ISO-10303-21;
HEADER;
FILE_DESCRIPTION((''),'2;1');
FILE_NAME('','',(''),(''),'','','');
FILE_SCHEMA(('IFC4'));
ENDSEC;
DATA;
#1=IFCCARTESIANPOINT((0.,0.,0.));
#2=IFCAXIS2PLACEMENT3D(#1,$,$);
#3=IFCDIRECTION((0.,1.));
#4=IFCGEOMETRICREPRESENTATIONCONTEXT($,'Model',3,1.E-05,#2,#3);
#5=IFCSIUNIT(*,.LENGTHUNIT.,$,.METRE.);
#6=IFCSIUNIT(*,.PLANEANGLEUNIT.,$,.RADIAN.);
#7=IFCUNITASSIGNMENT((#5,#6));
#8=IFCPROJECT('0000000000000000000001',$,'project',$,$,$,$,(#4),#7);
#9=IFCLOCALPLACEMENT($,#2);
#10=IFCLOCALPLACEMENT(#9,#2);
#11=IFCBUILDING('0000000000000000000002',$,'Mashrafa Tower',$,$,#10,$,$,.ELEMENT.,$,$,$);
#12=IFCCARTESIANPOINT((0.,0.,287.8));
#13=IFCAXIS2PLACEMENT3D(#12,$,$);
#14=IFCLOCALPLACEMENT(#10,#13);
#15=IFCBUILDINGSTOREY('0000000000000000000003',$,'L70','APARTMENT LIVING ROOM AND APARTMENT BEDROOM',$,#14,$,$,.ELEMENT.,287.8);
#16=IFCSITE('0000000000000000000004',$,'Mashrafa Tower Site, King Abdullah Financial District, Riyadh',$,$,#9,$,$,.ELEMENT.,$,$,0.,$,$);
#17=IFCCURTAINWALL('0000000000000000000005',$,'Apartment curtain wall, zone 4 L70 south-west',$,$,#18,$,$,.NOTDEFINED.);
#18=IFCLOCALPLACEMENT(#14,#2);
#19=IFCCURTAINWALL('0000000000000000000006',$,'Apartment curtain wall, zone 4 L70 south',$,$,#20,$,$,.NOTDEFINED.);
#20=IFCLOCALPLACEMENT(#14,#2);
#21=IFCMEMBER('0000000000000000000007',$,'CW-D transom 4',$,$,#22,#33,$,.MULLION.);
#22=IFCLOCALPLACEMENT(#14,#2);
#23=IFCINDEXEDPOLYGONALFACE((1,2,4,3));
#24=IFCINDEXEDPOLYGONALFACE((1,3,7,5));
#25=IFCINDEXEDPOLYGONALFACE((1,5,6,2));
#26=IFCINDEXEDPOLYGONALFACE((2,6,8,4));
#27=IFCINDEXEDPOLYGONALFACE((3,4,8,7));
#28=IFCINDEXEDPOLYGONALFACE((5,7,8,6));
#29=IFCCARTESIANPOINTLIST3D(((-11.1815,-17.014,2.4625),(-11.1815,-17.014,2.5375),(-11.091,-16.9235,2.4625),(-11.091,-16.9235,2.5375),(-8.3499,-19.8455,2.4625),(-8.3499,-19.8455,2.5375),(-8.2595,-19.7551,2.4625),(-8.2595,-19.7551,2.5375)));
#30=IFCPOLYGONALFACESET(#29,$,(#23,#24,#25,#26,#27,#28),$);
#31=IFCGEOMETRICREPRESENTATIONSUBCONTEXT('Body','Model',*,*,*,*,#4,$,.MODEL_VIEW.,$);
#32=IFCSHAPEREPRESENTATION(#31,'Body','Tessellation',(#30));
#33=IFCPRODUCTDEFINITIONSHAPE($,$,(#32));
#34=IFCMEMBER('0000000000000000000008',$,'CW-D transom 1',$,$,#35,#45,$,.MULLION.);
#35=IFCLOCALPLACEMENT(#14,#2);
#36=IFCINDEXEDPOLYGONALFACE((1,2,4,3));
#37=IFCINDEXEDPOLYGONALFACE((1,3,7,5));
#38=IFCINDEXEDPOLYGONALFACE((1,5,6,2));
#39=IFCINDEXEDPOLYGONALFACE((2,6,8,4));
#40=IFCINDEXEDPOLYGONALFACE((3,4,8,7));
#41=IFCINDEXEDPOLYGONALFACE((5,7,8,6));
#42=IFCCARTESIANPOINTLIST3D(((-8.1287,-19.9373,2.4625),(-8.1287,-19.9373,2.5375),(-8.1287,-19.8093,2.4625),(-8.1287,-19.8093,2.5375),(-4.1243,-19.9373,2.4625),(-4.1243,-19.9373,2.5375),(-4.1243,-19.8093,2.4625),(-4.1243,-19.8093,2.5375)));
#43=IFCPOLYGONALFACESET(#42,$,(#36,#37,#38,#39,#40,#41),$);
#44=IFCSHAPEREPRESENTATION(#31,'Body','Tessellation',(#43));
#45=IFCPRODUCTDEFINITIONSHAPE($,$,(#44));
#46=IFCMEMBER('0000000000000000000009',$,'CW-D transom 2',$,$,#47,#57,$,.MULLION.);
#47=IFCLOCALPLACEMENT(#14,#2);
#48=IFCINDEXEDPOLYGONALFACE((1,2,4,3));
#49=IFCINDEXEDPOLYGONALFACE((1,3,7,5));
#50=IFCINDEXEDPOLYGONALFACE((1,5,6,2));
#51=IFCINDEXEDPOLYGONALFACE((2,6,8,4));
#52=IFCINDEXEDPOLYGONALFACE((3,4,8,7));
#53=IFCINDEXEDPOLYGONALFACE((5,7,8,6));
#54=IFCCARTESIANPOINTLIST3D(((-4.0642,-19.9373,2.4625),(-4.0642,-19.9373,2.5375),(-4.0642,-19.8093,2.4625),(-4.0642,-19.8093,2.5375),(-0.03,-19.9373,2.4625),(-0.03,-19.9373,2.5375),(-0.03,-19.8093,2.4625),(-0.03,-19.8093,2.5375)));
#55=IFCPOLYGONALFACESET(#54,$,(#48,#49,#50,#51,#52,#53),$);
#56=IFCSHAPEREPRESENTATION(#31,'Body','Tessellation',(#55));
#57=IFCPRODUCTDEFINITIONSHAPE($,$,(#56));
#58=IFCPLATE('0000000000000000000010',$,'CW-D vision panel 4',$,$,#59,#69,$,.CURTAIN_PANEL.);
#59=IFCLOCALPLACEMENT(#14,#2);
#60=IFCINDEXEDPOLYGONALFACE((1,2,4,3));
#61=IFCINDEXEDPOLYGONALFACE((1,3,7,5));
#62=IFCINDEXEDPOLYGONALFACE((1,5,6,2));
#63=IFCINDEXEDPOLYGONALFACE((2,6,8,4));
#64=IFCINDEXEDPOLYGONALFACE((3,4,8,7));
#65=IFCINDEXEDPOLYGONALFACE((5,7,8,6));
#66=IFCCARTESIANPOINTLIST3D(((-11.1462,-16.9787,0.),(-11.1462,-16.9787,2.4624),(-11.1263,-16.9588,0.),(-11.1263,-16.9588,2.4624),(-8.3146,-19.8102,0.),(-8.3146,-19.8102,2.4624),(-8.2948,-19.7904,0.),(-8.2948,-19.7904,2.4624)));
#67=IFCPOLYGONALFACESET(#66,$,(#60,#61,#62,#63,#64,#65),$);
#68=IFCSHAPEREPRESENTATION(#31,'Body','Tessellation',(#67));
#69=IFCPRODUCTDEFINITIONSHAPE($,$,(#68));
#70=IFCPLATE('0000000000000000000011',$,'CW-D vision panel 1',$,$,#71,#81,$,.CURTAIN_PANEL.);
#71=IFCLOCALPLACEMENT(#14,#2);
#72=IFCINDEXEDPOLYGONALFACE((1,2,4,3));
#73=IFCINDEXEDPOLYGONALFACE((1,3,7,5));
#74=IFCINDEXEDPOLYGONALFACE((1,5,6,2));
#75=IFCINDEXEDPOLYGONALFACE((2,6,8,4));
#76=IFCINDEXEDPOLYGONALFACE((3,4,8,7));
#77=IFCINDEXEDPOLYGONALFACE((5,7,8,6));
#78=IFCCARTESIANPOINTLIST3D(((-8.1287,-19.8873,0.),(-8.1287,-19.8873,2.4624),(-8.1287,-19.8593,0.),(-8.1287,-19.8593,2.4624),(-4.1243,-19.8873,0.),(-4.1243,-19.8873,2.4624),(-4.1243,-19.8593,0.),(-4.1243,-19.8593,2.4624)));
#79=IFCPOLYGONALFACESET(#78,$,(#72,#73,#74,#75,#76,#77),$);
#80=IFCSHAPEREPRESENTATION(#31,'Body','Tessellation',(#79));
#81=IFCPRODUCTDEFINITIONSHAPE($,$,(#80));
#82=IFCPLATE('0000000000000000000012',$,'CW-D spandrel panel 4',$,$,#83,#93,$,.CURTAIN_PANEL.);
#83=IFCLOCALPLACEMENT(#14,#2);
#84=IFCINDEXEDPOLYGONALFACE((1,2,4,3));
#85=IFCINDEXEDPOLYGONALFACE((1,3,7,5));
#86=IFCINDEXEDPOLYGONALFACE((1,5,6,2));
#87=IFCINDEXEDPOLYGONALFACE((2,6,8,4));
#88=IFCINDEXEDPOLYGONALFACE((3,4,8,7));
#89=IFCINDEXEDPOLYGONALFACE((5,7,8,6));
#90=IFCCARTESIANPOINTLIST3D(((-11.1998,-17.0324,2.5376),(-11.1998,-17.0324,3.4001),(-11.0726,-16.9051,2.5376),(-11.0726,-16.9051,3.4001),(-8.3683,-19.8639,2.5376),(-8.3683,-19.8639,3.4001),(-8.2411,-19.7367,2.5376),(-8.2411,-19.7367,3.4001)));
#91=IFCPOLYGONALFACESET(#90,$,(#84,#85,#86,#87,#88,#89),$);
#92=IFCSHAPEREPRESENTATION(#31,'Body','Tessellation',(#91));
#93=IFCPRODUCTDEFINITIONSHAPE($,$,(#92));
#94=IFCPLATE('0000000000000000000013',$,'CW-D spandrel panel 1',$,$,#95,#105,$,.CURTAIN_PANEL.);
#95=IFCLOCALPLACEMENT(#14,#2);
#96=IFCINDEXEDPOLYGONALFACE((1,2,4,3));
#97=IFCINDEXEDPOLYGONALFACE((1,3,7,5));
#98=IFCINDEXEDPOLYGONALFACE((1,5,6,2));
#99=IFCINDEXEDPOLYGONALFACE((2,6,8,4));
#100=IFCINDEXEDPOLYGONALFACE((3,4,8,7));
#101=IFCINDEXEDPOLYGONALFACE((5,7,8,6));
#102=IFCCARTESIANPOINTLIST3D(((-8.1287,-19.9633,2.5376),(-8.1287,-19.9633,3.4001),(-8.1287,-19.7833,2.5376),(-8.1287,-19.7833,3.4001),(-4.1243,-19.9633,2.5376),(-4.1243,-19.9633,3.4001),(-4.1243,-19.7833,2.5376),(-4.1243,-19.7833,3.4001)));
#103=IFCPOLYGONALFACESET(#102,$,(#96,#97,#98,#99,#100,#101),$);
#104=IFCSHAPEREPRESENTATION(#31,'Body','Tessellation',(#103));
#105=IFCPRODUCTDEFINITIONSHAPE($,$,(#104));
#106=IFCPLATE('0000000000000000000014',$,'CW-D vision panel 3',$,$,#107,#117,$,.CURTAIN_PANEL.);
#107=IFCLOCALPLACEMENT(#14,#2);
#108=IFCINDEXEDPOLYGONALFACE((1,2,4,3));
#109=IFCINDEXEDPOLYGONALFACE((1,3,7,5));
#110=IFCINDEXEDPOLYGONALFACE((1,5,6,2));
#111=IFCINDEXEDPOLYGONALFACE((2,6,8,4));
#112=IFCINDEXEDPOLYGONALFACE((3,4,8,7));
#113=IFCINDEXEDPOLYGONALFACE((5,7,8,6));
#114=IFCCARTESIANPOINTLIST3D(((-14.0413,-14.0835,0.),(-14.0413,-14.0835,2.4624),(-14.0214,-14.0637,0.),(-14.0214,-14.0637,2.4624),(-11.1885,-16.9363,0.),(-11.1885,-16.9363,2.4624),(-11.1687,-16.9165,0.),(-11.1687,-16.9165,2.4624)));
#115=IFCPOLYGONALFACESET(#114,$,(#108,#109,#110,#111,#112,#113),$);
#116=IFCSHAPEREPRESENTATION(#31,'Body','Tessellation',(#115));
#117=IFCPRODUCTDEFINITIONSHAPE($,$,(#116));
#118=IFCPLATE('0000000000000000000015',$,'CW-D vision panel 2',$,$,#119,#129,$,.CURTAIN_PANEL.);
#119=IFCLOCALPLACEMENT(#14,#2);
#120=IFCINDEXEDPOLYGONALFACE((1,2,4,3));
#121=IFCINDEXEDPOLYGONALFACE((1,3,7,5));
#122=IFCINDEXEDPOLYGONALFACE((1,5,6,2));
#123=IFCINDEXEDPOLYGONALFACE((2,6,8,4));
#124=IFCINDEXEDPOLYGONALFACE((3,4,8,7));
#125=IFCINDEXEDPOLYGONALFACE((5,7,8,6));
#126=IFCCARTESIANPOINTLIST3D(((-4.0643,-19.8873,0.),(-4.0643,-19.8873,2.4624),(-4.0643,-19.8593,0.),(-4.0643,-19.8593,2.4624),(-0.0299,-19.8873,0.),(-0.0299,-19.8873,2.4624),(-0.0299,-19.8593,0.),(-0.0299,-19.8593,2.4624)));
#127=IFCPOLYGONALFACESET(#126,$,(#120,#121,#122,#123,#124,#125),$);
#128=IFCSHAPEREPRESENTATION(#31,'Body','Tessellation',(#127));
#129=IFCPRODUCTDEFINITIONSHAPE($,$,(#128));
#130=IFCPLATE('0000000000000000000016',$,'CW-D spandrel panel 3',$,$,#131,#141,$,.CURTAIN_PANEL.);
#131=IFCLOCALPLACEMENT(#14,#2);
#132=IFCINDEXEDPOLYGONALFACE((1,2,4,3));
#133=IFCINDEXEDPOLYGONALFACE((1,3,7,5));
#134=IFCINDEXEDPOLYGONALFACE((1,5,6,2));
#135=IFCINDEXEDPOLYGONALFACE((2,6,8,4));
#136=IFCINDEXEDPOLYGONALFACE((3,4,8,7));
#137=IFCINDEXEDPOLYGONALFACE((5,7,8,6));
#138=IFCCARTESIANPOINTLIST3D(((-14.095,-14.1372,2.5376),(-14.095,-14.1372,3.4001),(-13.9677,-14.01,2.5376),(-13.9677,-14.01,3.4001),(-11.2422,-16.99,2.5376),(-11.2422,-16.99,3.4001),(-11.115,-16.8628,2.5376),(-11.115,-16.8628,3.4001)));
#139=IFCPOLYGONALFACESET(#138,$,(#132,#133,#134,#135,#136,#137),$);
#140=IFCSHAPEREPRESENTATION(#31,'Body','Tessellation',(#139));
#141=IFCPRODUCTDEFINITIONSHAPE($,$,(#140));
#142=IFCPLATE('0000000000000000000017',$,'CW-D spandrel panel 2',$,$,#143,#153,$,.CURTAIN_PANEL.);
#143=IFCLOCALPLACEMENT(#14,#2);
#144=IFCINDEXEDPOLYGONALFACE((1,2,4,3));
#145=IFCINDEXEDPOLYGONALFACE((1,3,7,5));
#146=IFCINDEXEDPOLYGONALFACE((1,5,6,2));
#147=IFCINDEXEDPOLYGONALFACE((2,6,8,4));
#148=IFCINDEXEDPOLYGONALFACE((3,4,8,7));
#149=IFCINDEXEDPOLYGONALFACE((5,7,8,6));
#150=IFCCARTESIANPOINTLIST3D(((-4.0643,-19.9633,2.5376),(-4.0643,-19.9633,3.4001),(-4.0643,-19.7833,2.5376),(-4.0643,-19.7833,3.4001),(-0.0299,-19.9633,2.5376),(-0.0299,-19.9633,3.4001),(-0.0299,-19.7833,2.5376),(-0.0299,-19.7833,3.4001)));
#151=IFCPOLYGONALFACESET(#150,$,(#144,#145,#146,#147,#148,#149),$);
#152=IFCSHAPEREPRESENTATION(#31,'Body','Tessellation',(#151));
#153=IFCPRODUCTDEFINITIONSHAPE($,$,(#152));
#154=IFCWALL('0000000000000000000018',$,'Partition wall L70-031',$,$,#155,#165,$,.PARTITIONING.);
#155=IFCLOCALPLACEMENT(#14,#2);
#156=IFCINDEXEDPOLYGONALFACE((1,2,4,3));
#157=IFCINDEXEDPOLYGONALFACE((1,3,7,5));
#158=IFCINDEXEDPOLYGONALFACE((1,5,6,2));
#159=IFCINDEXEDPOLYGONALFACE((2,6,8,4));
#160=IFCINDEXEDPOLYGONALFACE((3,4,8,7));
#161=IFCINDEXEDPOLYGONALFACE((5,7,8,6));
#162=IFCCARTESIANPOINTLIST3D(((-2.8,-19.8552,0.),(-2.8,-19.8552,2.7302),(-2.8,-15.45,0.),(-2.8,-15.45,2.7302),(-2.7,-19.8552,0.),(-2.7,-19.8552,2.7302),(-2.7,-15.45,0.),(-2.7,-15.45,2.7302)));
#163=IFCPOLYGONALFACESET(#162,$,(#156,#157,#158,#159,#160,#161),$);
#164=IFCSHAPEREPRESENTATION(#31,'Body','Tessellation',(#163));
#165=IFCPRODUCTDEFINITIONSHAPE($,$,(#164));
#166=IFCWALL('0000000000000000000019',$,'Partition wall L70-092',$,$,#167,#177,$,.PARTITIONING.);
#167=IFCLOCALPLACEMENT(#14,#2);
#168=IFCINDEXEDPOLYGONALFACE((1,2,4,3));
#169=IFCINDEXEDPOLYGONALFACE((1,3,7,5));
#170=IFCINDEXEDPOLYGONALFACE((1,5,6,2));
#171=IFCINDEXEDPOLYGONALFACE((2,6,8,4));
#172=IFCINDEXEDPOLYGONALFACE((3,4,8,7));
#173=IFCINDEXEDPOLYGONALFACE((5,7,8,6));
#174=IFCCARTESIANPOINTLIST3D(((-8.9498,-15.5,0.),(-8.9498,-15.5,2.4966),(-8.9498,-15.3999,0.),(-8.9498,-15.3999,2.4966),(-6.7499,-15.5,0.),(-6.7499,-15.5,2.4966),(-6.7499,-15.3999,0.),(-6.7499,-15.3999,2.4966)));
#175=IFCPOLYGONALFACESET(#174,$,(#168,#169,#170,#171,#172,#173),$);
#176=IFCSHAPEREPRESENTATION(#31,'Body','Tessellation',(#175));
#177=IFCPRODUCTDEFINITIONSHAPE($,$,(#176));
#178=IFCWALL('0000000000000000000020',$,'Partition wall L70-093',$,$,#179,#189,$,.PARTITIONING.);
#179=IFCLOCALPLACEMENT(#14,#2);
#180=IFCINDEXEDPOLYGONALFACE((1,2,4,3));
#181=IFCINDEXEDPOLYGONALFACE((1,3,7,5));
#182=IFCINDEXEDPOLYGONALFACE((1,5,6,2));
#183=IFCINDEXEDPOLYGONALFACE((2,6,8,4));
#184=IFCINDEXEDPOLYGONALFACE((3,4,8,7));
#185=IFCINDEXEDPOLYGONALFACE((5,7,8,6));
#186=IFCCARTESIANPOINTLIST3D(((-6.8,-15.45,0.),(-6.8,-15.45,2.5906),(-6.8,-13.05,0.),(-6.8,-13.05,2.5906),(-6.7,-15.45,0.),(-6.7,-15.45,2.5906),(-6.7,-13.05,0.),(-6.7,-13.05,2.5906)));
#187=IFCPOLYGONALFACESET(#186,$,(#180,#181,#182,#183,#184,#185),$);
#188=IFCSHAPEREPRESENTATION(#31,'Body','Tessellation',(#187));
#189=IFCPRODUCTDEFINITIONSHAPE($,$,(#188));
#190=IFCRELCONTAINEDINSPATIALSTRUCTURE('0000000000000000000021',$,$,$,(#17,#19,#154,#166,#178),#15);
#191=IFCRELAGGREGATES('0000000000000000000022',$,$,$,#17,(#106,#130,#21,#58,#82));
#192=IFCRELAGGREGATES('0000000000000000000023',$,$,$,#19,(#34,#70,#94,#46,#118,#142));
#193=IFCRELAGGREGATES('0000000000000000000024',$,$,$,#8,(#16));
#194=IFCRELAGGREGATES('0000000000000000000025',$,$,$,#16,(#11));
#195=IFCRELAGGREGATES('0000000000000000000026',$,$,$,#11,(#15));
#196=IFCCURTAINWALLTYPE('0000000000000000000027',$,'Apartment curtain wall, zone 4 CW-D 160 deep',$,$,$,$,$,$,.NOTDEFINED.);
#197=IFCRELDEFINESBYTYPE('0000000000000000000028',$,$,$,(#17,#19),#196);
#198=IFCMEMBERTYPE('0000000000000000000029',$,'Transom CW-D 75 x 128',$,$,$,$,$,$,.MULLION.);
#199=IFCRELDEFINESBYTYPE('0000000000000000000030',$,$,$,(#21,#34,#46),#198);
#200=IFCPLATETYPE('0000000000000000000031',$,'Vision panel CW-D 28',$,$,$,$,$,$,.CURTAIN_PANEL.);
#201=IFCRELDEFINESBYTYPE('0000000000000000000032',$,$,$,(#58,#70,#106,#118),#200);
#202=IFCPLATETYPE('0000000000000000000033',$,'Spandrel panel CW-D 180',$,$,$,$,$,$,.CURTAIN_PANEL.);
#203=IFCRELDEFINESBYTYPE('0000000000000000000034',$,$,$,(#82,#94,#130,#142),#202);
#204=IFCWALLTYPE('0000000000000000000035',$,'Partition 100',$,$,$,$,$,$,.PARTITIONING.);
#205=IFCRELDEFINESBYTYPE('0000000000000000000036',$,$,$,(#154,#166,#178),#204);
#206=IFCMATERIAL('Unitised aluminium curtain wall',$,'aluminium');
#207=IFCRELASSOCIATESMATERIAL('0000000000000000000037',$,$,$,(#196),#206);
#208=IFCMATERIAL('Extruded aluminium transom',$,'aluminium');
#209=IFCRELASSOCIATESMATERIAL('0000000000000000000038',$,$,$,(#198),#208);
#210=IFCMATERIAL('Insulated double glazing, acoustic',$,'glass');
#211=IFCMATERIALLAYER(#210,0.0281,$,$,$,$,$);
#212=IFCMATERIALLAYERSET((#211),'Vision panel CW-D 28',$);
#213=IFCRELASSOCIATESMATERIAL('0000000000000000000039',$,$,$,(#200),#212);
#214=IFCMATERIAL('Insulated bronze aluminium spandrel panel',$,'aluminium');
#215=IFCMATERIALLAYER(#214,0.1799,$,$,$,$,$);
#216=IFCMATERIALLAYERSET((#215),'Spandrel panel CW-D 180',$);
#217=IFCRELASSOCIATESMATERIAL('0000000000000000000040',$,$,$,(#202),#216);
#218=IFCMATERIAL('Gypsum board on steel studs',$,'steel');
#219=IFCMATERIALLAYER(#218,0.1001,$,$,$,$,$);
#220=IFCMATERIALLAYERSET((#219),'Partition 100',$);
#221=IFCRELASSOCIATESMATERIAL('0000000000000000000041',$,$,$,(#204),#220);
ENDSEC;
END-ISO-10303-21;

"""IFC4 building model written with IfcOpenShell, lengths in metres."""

from ifc_helpers import new_model, si_unit, direction, frame, frame_2d, origin, origin_2d, place, context, subcontext, project, spatial, rectangle, extrude, source, transform, mapped, material, layer, layer_set, material_profile, profile_set, type_object, type_shapes, element, aggregate, save


model = new_model("IFC4")

# Units and contexts
model_context = context("Model", 3, precision=1e-05, world=origin(), true_north=direction((0.0, 1.0)))
body_context = subcontext(model_context, "Body", "Model", "MODEL_VIEW")
ifc_project = project(units=[si_unit("LENGTHUNIT", "METRE"), si_unit("PLANEANGLEUNIT", "RADIAN")], contexts=[model_context])

# Site, building, storey
site_placement = place(None, origin())
site = spatial("IfcSite", under=ifc_project, at=site_placement, Name="Mashrafa Tower Site, King Abdullah Financial District, Riyadh", CompositionType="ELEMENT", RefElevation=0.0)
building_placement = place(site_placement, origin())
building = spatial("IfcBuilding", under=site, at=building_placement, Name="Mashrafa Tower", CompositionType="ELEMENT")
storey_placement = place(building_placement, frame((0.0, 0.0, 287.8)))
storey = spatial("IfcBuildingStorey", under=building, at=storey_placement, Name="L70", Description="APARTMENT LIVING ROOM AND APARTMENT BEDROOM", CompositionType="ELEMENT", Elevation=287.8)

# Curtain walls
ifc_material_1 = material(Name="Unitised aluminium curtain wall", Category="aluminium")
curtain_wall_type = type_object("IfcCurtainWallType", Name="Apartment curtain wall, zone 4 CW-D 160 deep", PredefinedType="NOTDEFINED", material=ifc_material_1)
curtain_wall_1_placement = place(storey_placement, origin())
curtain_wall_1 = element("IfcCurtainWall", 1, at=curtain_wall_1_placement, inside=storey, type_object=curtain_wall_type, Name="Apartment curtain wall, zone 4 L70 south-west", PredefinedType="NOTDEFINED")
curtain_wall_2_placement = place(storey_placement, origin())
curtain_wall_2 = element("IfcCurtainWall", 2, at=curtain_wall_2_placement, inside=storey, type_object=curtain_wall_type, Name="Apartment curtain wall, zone 4 L70 south", PredefinedType="NOTDEFINED")

# Members
ifc_material_2 = material(Name="Extruded aluminium transom", Category="aluminium")
ifc_material_profile_1 = material_profile(ifc_material_2, rectangle(XDim=0.1279, YDim=0.075, at=origin_2d()), Name="Transom 75x128")
ifc_profile_set_1 = profile_set([ifc_material_profile_1], Name="Extruded aluminium transom")
member_type_1 = type_object("IfcMemberType", Name="Transom CW-D 75 x 128", PredefinedType="MULLION", material=ifc_profile_set_1)
shared_shape_1 = source(origin(), body_context, "Body", "SweptSolid", [
    extrude(rectangle(XDim=0.1279, YDim=0.075, at=origin_2d()), origin(), (0.0, 0.0, 1.0), 4.0044),
])
member_1_placement = place(storey_placement, frame((-11.1362, -16.9688, 2.5), z_axis=(0.707107, -0.707107, 0.0), x_axis=(0.707107, 0.707107, 0.0)))
member_1 = element("IfcMember", 3, at=member_1_placement, type_object=member_type_1, Name="CW-D transom 4", PredefinedType="MULLION", context=body_context, shape_type="MappedRepresentation", body=[
    mapped(shared_shape_1, transform((0.0, 0.0, 0.0))),
])
member_2_placement = place(storey_placement, frame((-8.1287, -19.8733, 2.5), z_axis=(1.0, 0.0, 0.0), x_axis=(0.0, 1.0, 0.0)))
member_2 = element("IfcMember", 4, at=member_2_placement, type_object=member_type_1, Name="CW-D transom 1", PredefinedType="MULLION", context=body_context, shape_type="MappedRepresentation", body=[
    mapped(shared_shape_1, transform((0.0, 0.0, 0.0))),
])
shared_shape_2 = source(origin(), body_context, "Body", "SweptSolid", [
    extrude(rectangle(XDim=0.1279, YDim=0.075, at=origin_2d()), origin(), (0.0, 0.0, 1.0), 4.0342),
])
type_shapes(member_type_1, [shared_shape_1, shared_shape_2])
member_3_placement = place(storey_placement, frame((-4.0642, -19.8733, 2.5), z_axis=(1.0, 0.0, 0.0), x_axis=(0.0, 1.0, 0.0)))
member_3 = element("IfcMember", 5, at=member_3_placement, type_object=member_type_1, Name="CW-D transom 2", PredefinedType="MULLION", context=body_context, shape_type="MappedRepresentation", body=[
    mapped(shared_shape_2, transform((0.0, 0.0, 0.0))),
])

# Plates
ifc_material_3 = material(Name="Insulated double glazing, acoustic", Category="glass")
ifc_layer_1 = layer(ifc_material_3, 0.0281)
ifc_layer_set_1 = layer_set([ifc_layer_1], Name="Vision panel CW-D 28")
plate_type_1 = type_object("IfcPlateType", Name="Vision panel CW-D 28", PredefinedType="CURTAIN_PANEL", material=ifc_layer_set_1)
shared_shape_3 = source(origin(), body_context, "Body", "SweptSolid", [
    extrude(rectangle(XDim=4.0044, YDim=0.0281, at=origin_2d()), origin(), (0.0, 0.0, 1.0), 2.4624),
])
plate_1_placement = place(storey_placement, frame((-9.7205, -18.3845, 0.0), z_axis=(0.0, 0.0, 1.0), x_axis=(0.707107, -0.707107, 0.0)))
plate_1 = element("IfcPlate", 6, at=plate_1_placement, type_object=plate_type_1, Name="CW-D vision panel 4", PredefinedType="CURTAIN_PANEL", context=body_context, shape_type="MappedRepresentation", body=[
    mapped(shared_shape_3, transform((0.0, 0.0, 0.0))),
])
plate_2_placement = place(storey_placement, frame((-6.1265, -19.8733, 0.0), z_axis=(0.0, 0.0, 1.0), x_axis=(1.0, 0.0, 0.0)))
plate_2 = element("IfcPlate", 7, at=plate_2_placement, type_object=plate_type_1, Name="CW-D vision panel 1", PredefinedType="CURTAIN_PANEL", context=body_context, shape_type="MappedRepresentation", body=[
    mapped(shared_shape_3, transform((0.0, 0.0, 0.0))),
])
ifc_material_4 = material(Name="Insulated bronze aluminium spandrel panel", Category="aluminium")
ifc_layer_2 = layer(ifc_material_4, 0.1799)
ifc_layer_set_2 = layer_set([ifc_layer_2], Name="Spandrel panel CW-D 180")
plate_type_2 = type_object("IfcPlateType", Name="Spandrel panel CW-D 180", PredefinedType="CURTAIN_PANEL", material=ifc_layer_set_2)
shared_shape_4 = source(origin(), body_context, "Body", "SweptSolid", [
    extrude(rectangle(XDim=4.0044, YDim=0.1799, at=origin_2d()), origin(), (0.0, 0.0, 1.0), 0.8625),
])
plate_3_placement = place(storey_placement, frame((-9.7205, -18.3845, 2.5376), z_axis=(0.0, 0.0, 1.0), x_axis=(0.707107, -0.707107, 0.0)))
plate_3 = element("IfcPlate", 8, at=plate_3_placement, type_object=plate_type_2, Name="CW-D spandrel panel 4", PredefinedType="CURTAIN_PANEL", context=body_context, shape_type="MappedRepresentation", body=[
    mapped(shared_shape_4, transform((0.0, 0.0, 0.0))),
])
plate_4_placement = place(storey_placement, frame((-6.1265, -19.8733, 2.5376), z_axis=(0.0, 0.0, 1.0), x_axis=(1.0, 0.0, 0.0)))
plate_4 = element("IfcPlate", 9, at=plate_4_placement, type_object=plate_type_2, Name="CW-D spandrel panel 1", PredefinedType="CURTAIN_PANEL", context=body_context, shape_type="MappedRepresentation", body=[
    mapped(shared_shape_4, transform((0.0, 0.0, 0.0))),
])
shared_shape_5 = source(origin(), body_context, "Body", "SweptSolid", [
    extrude(rectangle(XDim=4.0344, YDim=0.0281, at=origin_2d()), origin(), (0.0, 0.0, 1.0), 2.4624),
])
type_shapes(plate_type_1, [shared_shape_3, shared_shape_5])
plate_5_placement = place(storey_placement, frame((-12.605, -15.5, 0.0), z_axis=(0.0, 0.0, 1.0), x_axis=(0.707107, -0.707107, 0.0)))
plate_5 = element("IfcPlate", 10, at=plate_5_placement, type_object=plate_type_1, Name="CW-D vision panel 3", PredefinedType="CURTAIN_PANEL", context=body_context, shape_type="MappedRepresentation", body=[
    mapped(shared_shape_5, transform((0.0, 0.0, 0.0))),
])
plate_6_placement = place(storey_placement, frame((-2.0471, -19.8733, 0.0), z_axis=(0.0, 0.0, 1.0), x_axis=(1.0, 0.0, 0.0)))
plate_6 = element("IfcPlate", 11, at=plate_6_placement, type_object=plate_type_1, Name="CW-D vision panel 2", PredefinedType="CURTAIN_PANEL", context=body_context, shape_type="MappedRepresentation", body=[
    mapped(shared_shape_5, transform((0.0, 0.0, 0.0))),
])
shared_shape_6 = source(origin(), body_context, "Body", "SweptSolid", [
    extrude(rectangle(XDim=4.0344, YDim=0.1799, at=origin_2d()), origin(), (0.0, 0.0, 1.0), 0.8625),
])
type_shapes(plate_type_2, [shared_shape_4, shared_shape_6])
plate_7_placement = place(storey_placement, frame((-12.605, -15.5, 2.5376), z_axis=(0.0, 0.0, 1.0), x_axis=(0.707107, -0.707107, 0.0)))
plate_7 = element("IfcPlate", 12, at=plate_7_placement, type_object=plate_type_2, Name="CW-D spandrel panel 3", PredefinedType="CURTAIN_PANEL", context=body_context, shape_type="MappedRepresentation", body=[
    mapped(shared_shape_6, transform((0.0, 0.0, 0.0))),
])
aggregate(curtain_wall_1, [plate_5, plate_7, member_1, plate_1, plate_3])
plate_8_placement = place(storey_placement, frame((-2.0471, -19.8733, 2.5376), z_axis=(0.0, 0.0, 1.0), x_axis=(1.0, 0.0, 0.0)))
plate_8 = element("IfcPlate", 13, at=plate_8_placement, type_object=plate_type_2, Name="CW-D spandrel panel 2", PredefinedType="CURTAIN_PANEL", context=body_context, shape_type="MappedRepresentation", body=[
    mapped(shared_shape_6, transform((0.0, 0.0, 0.0))),
])
aggregate(curtain_wall_2, [member_2, plate_2, plate_4, member_3, plate_6, plate_8])

# Walls
ifc_material_5 = material(Name="Gypsum board on steel studs", Category="steel")
ifc_layer_3 = layer(ifc_material_5, 0.1001)
ifc_layer_set_3 = layer_set([ifc_layer_3], Name="Partition 100")
wall_type = type_object("IfcWallType", Name="Partition 100", PredefinedType="PARTITIONING", material=ifc_layer_set_3)
wall_1_placement = place(storey_placement, frame((-2.75, -19.8552, 0.0), z_axis=(0.0, 0.0, 1.0), x_axis=(0.0, 1.0, 0.0)))
element("IfcWall", 14, at=wall_1_placement, inside=storey, type_object=wall_type, Name="Partition wall L70-031", PredefinedType="PARTITIONING", context=body_context, shape_type="SweptSolid", body=[
    extrude(rectangle(XDim=4.4053, YDim=0.1001, at=frame_2d((2.2026, 0.0))), origin(), (0.0, 0.0, 1.0), 2.7302),
])
wall_2_placement = place(storey_placement, frame((-8.95, -15.45, 0.0), z_axis=(0.0, 0.0, 1.0), x_axis=(1.0, 0.0, 0.0)))
element("IfcWall", 15, at=wall_2_placement, inside=storey, type_object=wall_type, Name="Partition wall L70-092", PredefinedType="PARTITIONING", context=body_context, shape_type="SweptSolid", body=[
    extrude(rectangle(XDim=2.2, YDim=0.1001, at=frame_2d((1.1001, 0.0))), origin(), (0.0, 0.0, 1.0), 2.4966),
])
wall_3_placement = place(storey_placement, frame((-6.75, -15.45, 0.0), z_axis=(0.0, 0.0, 1.0), x_axis=(0.0, 1.0, 0.0)))
element("IfcWall", 16, at=wall_3_placement, inside=storey, type_object=wall_type, Name="Partition wall L70-093", PredefinedType="PARTITIONING", context=body_context, shape_type="SweptSolid", body=[
    extrude(rectangle(XDim=2.3999, YDim=0.1001, at=frame_2d((1.2, 0.0))), origin(), (0.0, 0.0, 1.0), 2.5906),
])

save(model, "model.ifc")
